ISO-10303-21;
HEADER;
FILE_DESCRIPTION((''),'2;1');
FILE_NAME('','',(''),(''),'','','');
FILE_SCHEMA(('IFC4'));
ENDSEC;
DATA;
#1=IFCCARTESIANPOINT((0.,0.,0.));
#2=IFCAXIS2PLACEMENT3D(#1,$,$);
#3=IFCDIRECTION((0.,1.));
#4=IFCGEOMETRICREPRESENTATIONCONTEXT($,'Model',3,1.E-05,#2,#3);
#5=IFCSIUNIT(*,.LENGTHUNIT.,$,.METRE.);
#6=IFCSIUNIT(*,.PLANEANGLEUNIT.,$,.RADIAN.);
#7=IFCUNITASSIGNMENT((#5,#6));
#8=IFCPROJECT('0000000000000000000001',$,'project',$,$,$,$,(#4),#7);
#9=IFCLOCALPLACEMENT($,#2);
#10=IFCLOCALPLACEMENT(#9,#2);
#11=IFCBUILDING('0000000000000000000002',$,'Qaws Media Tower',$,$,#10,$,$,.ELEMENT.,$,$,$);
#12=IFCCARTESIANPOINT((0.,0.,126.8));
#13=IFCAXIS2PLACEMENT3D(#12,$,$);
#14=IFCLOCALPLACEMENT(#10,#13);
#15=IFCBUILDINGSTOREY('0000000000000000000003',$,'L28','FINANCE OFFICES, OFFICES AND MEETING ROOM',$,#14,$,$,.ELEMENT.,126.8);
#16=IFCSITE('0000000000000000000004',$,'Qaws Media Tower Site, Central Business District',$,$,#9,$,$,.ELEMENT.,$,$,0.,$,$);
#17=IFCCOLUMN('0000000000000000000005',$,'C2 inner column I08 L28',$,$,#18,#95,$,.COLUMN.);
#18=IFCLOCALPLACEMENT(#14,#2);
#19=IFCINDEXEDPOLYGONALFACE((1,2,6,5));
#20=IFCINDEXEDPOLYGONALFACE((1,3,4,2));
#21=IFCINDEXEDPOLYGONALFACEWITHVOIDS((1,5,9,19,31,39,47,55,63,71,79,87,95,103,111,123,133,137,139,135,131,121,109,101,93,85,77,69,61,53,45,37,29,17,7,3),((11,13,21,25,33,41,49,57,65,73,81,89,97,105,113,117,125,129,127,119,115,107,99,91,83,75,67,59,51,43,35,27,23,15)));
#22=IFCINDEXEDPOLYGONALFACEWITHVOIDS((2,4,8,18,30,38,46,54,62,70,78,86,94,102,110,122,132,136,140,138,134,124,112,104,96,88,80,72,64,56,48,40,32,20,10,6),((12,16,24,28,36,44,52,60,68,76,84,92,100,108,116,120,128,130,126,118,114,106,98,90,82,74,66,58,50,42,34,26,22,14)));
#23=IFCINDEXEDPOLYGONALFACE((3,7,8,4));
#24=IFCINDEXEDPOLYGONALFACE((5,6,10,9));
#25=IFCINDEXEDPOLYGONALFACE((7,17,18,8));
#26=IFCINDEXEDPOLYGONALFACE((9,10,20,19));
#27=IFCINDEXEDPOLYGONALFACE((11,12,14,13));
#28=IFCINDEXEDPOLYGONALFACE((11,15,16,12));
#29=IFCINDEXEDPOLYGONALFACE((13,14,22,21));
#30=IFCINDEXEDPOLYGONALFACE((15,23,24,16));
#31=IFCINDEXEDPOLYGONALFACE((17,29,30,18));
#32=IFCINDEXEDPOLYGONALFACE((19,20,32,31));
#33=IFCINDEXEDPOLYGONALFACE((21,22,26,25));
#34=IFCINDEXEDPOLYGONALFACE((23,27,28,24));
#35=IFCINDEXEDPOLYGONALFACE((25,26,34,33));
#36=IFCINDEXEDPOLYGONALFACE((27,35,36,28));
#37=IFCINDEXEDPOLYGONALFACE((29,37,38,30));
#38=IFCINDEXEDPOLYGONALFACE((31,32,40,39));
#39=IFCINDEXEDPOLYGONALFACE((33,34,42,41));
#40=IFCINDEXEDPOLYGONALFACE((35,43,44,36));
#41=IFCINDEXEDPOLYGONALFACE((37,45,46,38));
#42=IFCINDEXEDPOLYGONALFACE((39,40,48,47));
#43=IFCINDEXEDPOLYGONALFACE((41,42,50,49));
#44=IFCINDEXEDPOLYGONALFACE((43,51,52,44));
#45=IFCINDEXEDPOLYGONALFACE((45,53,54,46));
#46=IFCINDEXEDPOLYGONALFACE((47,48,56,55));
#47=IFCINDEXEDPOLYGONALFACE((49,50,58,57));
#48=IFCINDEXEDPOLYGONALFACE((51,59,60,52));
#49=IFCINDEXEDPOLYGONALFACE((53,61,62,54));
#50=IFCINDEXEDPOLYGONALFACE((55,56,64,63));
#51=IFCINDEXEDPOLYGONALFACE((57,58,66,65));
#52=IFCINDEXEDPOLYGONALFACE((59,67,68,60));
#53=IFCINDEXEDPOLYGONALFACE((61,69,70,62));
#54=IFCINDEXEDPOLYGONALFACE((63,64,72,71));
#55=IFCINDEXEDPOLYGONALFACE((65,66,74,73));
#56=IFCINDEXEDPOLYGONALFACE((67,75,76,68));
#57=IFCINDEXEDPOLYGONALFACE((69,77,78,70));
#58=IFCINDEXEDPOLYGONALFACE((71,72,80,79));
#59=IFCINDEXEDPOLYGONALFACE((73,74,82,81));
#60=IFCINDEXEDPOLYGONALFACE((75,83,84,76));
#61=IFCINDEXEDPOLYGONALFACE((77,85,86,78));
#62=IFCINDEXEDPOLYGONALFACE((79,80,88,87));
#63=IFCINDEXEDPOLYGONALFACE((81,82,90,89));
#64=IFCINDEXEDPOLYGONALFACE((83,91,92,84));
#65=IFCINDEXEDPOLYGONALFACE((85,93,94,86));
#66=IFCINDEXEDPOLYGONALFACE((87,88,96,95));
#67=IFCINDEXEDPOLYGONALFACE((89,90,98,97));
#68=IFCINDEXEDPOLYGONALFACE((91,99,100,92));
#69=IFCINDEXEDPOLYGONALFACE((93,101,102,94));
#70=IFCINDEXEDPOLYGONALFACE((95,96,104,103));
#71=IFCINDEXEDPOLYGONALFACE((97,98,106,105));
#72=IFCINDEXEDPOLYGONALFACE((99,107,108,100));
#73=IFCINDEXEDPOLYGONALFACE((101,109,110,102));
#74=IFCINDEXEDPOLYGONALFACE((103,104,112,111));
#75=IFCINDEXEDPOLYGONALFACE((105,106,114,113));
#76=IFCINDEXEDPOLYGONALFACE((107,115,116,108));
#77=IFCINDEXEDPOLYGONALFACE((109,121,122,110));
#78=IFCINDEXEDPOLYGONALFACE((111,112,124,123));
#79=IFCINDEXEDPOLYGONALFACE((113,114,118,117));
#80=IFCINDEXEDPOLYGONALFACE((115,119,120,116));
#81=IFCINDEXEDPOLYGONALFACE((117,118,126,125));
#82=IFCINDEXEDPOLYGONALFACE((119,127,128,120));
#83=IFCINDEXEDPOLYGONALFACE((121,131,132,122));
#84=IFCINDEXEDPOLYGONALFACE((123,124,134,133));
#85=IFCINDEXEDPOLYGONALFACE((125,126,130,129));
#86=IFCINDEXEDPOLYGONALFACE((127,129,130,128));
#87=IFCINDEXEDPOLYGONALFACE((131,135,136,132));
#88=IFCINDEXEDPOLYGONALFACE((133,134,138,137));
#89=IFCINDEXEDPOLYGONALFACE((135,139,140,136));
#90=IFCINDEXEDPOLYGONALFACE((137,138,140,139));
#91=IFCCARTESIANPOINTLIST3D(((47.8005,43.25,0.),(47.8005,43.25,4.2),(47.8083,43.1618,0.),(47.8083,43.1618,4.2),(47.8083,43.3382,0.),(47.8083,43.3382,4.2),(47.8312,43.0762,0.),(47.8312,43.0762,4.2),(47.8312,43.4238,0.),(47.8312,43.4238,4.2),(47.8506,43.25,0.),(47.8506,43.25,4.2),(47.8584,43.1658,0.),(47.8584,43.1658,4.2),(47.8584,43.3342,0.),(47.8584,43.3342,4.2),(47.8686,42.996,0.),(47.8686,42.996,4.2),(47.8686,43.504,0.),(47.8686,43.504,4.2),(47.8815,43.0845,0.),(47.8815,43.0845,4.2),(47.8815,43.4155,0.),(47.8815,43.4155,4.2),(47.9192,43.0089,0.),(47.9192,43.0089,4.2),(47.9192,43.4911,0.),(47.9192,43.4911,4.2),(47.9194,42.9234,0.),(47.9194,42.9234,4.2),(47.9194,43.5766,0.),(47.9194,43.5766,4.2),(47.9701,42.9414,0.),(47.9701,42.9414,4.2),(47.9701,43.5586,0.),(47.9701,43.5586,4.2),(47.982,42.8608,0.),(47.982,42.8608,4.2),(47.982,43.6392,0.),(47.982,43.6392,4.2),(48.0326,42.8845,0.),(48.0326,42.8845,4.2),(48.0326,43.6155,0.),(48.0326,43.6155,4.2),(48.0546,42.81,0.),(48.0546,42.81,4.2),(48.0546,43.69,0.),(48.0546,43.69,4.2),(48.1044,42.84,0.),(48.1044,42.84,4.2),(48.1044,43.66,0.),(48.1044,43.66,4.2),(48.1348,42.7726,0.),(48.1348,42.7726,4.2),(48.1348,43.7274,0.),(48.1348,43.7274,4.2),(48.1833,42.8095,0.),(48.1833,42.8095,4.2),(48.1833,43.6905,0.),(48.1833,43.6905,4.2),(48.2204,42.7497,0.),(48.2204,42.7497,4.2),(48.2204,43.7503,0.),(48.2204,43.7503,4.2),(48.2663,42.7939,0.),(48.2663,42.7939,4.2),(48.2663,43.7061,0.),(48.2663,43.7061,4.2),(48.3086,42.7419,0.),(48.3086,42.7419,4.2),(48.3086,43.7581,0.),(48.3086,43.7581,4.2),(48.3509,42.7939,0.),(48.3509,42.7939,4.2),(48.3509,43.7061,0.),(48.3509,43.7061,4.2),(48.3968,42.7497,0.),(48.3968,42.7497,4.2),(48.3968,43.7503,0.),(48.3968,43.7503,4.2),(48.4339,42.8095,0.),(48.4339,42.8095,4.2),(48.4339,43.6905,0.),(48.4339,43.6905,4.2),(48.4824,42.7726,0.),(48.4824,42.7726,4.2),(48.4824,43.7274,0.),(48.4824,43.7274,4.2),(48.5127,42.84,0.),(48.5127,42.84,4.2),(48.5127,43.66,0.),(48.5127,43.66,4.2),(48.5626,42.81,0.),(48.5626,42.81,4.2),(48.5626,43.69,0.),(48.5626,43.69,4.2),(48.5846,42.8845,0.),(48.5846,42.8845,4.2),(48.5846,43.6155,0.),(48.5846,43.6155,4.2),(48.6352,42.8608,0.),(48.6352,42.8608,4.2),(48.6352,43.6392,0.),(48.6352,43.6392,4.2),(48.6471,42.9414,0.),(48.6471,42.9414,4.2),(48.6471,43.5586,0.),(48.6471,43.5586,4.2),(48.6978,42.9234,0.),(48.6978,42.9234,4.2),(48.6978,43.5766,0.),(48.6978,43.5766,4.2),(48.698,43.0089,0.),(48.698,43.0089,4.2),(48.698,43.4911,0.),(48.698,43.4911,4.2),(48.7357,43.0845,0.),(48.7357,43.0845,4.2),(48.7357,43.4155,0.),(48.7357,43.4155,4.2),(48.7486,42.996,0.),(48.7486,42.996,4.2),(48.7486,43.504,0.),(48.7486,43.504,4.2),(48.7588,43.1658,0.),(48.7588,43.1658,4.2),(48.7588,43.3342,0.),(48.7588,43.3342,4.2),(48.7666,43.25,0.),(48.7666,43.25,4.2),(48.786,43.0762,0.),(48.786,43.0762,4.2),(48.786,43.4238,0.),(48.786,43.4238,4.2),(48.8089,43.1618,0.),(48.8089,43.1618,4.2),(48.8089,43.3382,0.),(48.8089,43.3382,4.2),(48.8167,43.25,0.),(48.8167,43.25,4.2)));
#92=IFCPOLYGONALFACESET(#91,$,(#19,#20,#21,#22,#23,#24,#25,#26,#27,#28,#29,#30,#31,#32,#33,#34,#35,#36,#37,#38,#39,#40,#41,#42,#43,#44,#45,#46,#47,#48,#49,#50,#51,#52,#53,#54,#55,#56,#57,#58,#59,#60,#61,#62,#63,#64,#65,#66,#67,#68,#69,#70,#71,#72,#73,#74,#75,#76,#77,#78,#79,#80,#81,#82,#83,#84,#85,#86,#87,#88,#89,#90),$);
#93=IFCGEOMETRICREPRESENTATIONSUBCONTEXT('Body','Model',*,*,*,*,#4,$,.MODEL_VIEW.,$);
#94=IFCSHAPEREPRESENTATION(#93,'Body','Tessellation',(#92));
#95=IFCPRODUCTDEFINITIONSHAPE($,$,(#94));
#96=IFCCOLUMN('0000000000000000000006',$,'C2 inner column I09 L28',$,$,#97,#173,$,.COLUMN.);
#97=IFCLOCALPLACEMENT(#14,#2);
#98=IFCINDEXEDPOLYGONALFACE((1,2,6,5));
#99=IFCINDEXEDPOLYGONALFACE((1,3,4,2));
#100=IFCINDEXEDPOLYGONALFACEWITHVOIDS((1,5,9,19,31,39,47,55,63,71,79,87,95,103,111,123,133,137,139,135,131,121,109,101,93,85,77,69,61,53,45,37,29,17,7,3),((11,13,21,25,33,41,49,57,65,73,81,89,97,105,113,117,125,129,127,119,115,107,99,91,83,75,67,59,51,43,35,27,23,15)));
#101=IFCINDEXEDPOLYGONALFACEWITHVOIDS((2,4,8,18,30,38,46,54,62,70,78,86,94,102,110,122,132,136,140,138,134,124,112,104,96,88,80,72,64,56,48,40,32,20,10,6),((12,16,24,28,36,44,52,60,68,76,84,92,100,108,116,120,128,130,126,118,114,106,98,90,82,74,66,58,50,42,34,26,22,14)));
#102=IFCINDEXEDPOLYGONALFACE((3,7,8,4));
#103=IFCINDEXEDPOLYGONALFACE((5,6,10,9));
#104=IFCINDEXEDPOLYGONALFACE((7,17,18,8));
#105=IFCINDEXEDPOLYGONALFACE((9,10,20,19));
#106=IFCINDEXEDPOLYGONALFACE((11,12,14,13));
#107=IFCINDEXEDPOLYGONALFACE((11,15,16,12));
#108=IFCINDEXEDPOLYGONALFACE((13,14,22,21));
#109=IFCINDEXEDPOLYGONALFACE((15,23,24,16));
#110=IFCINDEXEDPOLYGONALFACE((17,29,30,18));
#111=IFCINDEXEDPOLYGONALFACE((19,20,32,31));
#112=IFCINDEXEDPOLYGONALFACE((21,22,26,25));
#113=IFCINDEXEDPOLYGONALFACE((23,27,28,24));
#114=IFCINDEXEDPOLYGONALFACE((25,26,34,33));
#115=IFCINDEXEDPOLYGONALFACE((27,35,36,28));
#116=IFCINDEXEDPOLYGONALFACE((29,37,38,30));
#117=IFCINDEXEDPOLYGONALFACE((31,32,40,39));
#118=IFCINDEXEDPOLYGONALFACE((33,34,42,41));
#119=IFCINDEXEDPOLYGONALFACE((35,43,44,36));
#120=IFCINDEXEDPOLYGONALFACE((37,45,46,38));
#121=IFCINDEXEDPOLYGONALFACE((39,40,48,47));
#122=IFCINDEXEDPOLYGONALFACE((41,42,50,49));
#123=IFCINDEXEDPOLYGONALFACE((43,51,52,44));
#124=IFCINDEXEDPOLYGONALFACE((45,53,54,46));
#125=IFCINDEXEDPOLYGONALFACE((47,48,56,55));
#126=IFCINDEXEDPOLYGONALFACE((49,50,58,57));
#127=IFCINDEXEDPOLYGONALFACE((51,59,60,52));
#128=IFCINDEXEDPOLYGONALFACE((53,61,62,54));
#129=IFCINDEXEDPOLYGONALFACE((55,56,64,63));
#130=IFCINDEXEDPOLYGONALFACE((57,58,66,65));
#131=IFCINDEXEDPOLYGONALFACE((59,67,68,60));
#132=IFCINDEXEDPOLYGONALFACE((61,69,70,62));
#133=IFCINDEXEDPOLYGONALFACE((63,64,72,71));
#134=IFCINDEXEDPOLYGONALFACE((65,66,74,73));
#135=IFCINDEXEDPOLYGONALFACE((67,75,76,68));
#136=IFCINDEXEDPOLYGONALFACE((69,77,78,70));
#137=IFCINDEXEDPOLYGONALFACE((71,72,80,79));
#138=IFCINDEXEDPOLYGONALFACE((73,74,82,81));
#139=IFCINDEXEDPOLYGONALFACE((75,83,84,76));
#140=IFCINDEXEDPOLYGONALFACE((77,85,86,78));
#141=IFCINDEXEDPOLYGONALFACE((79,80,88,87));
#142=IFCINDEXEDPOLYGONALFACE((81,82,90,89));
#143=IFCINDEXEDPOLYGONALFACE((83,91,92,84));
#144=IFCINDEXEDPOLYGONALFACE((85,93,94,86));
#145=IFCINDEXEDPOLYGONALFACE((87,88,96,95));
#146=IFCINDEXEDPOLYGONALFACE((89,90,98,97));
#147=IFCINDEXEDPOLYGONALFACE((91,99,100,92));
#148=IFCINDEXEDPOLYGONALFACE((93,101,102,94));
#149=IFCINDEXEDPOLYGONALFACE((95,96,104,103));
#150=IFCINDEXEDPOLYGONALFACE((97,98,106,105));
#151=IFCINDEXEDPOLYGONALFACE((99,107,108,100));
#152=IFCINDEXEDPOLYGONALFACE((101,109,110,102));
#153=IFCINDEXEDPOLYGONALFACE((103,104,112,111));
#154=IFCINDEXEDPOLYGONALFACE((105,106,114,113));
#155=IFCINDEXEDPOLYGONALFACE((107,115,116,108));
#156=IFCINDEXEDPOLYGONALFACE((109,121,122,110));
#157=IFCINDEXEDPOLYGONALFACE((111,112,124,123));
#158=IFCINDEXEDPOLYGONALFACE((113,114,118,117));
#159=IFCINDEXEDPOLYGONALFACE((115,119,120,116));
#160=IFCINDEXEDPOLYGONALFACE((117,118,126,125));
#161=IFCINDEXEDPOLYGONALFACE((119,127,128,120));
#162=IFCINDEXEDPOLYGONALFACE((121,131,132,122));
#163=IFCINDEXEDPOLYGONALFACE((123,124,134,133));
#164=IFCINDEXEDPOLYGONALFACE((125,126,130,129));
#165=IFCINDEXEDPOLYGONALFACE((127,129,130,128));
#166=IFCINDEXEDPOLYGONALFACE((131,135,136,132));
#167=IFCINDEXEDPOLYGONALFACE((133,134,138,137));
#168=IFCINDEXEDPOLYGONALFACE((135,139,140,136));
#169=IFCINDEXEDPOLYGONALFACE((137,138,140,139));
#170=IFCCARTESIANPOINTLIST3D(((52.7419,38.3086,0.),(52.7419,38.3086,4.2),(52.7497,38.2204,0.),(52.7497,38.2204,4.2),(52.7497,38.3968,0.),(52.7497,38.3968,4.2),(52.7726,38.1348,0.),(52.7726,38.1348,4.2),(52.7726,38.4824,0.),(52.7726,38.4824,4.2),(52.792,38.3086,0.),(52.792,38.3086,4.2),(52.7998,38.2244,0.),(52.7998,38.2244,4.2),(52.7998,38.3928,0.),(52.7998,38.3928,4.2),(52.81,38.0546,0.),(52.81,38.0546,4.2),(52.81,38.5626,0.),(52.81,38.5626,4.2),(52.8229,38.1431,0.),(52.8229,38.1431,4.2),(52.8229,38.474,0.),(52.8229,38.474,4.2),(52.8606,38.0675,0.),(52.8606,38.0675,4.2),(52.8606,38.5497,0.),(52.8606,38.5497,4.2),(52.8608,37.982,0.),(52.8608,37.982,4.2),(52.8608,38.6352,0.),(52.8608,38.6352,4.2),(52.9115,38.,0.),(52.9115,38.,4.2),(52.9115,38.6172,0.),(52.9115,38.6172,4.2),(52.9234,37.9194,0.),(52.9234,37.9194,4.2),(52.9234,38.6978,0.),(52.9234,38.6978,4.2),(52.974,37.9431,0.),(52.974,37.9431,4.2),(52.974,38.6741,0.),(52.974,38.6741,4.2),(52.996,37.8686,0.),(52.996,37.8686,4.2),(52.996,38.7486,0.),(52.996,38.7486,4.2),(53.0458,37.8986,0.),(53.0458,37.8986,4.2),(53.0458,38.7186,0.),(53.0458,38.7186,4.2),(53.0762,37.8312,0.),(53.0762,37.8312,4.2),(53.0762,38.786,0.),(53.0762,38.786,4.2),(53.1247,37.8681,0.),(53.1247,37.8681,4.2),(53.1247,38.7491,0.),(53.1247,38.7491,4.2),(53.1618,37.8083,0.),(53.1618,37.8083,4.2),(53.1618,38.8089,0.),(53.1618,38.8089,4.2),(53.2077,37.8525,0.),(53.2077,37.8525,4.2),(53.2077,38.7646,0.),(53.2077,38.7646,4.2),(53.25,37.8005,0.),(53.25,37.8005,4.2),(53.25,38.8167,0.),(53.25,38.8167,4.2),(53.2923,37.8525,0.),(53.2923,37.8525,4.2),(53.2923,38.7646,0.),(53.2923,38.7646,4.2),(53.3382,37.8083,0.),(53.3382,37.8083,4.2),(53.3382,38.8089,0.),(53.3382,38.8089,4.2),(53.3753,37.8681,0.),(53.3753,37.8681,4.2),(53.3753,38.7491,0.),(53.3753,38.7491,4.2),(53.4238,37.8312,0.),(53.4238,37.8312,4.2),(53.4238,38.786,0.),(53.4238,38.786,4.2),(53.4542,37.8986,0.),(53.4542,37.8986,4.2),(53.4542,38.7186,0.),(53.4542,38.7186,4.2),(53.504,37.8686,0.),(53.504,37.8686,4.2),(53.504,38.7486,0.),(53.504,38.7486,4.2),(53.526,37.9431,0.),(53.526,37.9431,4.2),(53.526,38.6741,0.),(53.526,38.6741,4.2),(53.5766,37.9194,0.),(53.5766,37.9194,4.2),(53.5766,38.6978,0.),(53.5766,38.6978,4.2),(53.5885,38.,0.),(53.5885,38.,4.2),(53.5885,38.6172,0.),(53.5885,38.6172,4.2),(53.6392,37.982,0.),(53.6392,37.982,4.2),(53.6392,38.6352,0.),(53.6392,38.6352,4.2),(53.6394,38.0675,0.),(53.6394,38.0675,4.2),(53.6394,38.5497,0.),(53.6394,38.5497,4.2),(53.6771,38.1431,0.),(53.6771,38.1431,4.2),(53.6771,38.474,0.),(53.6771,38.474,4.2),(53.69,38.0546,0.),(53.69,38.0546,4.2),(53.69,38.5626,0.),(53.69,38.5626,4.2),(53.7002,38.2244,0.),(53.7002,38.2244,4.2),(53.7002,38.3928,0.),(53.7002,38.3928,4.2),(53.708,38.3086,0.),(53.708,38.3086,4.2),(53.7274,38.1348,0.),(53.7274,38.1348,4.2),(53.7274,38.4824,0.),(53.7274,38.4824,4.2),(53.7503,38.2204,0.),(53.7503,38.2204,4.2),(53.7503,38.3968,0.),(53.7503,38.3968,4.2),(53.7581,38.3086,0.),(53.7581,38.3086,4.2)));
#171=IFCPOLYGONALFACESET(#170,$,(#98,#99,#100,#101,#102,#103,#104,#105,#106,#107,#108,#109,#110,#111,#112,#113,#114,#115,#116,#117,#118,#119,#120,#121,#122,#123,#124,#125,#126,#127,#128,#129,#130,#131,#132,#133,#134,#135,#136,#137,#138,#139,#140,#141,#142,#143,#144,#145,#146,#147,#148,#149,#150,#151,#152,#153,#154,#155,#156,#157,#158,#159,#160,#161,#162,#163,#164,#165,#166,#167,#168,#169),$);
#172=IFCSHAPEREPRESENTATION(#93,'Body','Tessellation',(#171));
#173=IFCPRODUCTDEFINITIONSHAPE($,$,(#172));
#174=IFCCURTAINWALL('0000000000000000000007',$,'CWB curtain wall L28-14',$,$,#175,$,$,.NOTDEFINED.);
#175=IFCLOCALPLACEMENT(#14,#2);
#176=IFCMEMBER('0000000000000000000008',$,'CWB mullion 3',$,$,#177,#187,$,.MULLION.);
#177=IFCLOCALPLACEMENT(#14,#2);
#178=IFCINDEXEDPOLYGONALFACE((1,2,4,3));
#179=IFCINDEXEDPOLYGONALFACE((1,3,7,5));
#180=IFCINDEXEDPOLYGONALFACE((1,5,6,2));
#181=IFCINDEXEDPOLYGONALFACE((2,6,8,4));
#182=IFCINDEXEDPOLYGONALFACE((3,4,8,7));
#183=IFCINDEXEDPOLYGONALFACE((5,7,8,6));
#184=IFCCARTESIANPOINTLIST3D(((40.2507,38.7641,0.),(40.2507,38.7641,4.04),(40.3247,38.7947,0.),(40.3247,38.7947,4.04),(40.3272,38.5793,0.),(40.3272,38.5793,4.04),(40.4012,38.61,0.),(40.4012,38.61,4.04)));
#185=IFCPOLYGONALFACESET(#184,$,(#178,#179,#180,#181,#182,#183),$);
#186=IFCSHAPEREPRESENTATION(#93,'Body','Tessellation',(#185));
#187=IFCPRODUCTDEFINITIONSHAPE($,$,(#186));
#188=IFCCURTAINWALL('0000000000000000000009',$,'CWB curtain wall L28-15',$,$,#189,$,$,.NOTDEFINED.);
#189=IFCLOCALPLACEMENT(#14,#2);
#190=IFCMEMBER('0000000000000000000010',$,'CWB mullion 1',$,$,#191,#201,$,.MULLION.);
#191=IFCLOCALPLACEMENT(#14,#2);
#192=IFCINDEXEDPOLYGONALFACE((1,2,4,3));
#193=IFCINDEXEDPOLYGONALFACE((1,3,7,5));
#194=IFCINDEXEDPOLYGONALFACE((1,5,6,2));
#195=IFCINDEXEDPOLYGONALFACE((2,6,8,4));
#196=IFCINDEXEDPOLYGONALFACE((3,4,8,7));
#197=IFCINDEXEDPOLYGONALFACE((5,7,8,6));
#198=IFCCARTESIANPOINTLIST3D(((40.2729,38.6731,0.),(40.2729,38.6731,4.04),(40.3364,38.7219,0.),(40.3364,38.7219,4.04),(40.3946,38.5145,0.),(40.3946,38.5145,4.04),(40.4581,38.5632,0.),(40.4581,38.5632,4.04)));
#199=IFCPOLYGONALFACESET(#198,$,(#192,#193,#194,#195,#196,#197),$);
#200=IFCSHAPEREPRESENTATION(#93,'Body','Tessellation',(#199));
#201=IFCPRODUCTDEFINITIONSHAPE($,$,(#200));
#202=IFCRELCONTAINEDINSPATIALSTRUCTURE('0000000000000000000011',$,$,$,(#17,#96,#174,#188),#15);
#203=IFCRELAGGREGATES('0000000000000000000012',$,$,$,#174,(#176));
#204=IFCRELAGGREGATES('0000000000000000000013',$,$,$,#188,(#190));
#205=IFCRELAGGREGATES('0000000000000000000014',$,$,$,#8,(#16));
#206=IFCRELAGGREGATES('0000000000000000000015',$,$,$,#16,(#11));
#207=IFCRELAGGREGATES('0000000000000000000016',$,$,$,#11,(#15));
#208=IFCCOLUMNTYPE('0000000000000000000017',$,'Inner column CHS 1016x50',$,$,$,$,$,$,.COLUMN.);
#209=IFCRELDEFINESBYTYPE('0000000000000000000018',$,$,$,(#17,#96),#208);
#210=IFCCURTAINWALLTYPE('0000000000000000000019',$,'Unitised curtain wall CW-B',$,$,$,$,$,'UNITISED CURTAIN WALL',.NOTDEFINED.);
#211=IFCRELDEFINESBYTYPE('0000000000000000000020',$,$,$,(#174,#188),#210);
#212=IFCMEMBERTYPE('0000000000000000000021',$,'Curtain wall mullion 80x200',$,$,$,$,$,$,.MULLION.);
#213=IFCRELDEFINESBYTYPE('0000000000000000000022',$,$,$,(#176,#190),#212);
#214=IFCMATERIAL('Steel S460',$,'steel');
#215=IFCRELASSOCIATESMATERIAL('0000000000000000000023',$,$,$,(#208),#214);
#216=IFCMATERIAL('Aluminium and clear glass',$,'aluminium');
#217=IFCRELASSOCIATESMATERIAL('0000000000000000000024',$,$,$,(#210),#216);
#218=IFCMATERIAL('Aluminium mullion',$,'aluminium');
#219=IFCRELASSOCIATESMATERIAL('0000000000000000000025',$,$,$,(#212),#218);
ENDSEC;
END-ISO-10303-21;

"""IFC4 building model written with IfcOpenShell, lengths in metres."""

from ifc_helpers import new_model, si_unit, direction, frame, origin, origin_2d, place, context, subcontext, project, spatial, rectangle, hollow_circle, extrude, material, material_profile, profile_set, type_object, element, aggregate, save


model = new_model("IFC4")

# Units and contexts
model_context = context("Model", 3, precision=1e-05, world=origin(), true_north=direction((0.0, 1.0)))
body_context = subcontext(model_context, "Body", "Model", "MODEL_VIEW")
ifc_project = project(units=[si_unit("LENGTHUNIT", "METRE"), si_unit("PLANEANGLEUNIT", "RADIAN")], contexts=[model_context])

# Site, building, storey
site_placement = place(None, origin())
site = spatial("IfcSite", under=ifc_project, at=site_placement, Name="Qaws Media Tower Site, Central Business District", CompositionType="ELEMENT", RefElevation=0.0)
building_placement = place(site_placement, origin())
building = spatial("IfcBuilding", under=site, at=building_placement, Name="Qaws Media Tower", CompositionType="ELEMENT")
storey_placement = place(building_placement, frame((0.0, 0.0, 126.8)))
storey = spatial("IfcBuildingStorey", under=building, at=storey_placement, Name="L28", Description="FINANCE OFFICES, OFFICES AND MEETING ROOM", CompositionType="ELEMENT", Elevation=126.8)

# Columns
ifc_material_1 = material(Name="Steel S460", Category="steel")
ifc_material_profile_1 = material_profile(ifc_material_1, hollow_circle(Radius=0.5081, WallThickness=0.05, at=origin_2d()), Name="CHS 1016x50")
ifc_profile_set_1 = profile_set([ifc_material_profile_1], Name="Steel S460")
column_type = type_object("IfcColumnType", Name="Inner column CHS 1016x50", PredefinedType="COLUMN", material=ifc_profile_set_1)
for number, where, z_axis, x_axis, name in (
    (1, (48.3086, 43.25, 0.0), (0.0, 0.0, 1.0), (1.0, 0.0, 0.0), "C2 inner column I08 L28"),
    (2, (53.25, 38.3086, 0.0), (0.0, 0.0, 1.0), (1.0, 0.0, 0.0), "C2 inner column I09 L28"),
):
    element("IfcColumn", number, at=place(storey_placement, frame(where, z_axis=z_axis, x_axis=x_axis)), inside=storey, type_object=column_type, Name=name, PredefinedType="COLUMN", context=body_context, shape_type="SweptSolid", body=[
        extrude(hollow_circle(Radius=0.5081, WallThickness=0.05, at=origin_2d()), origin(), (0.0, 0.0, 1.0), 4.2),
    ])

# Curtain wall, member
ifc_material_2 = material(Name="Aluminium and clear glass", Category="aluminium")
curtain_wall_type = type_object("IfcCurtainWallType", Name="Unitised curtain wall CW-B", ElementType="UNITISED CURTAIN WALL", PredefinedType="NOTDEFINED", material=ifc_material_2)
curtain_wall_1_placement = place(storey_placement, origin())
curtain_wall_1 = element("IfcCurtainWall", 3, at=curtain_wall_1_placement, inside=storey, type_object=curtain_wall_type, Name="CWB curtain wall L28-14", PredefinedType="NOTDEFINED")
ifc_material_3 = material(Name="Aluminium mullion", Category="aluminium")
ifc_material_profile_2 = material_profile(ifc_material_3, rectangle(XDim=0.0801, YDim=0.2, at=origin_2d()), Name="80x200")
ifc_profile_set_2 = profile_set([ifc_material_profile_2], Name="Aluminium mullion")
member_type_1 = type_object("IfcMemberType", Name="Curtain wall mullion 80x200", PredefinedType="MULLION", material=ifc_profile_set_2)
member_1_placement = place(storey_placement, frame((40.3259, 38.687, 0.0), z_axis=(0.0, 0.0, 1.0), x_axis=(0.92388, 0.382683, 0.0)))
member_1 = element("IfcMember", 4, at=member_1_placement, type_object=member_type_1, Name="CWB mullion 3", PredefinedType="MULLION", context=body_context, shape_type="SweptSolid", body=[
    extrude(rectangle(XDim=0.0801, YDim=0.2, at=origin_2d()), origin(), (0.0, 0.0, 1.0), 4.04),
])

# Curtain wall, member
curtain_wall_2_placement = place(storey_placement, origin())
curtain_wall_2 = element("IfcCurtainWall", 5, at=curtain_wall_2_placement, inside=storey, type_object=curtain_wall_type, Name="CWB curtain wall L28-15", PredefinedType="NOTDEFINED")
member_2_placement = place(storey_placement, frame((40.3655, 38.6182, 0.0), z_axis=(0.0, 0.0, 1.0), x_axis=(0.793353, 0.608761, 0.0)))
member_2 = element("IfcMember", 6, at=member_2_placement, type_object=member_type_1, Name="CWB mullion 1", PredefinedType="MULLION", context=body_context, shape_type="SweptSolid", body=[
    extrude(rectangle(XDim=0.0801, YDim=0.2, at=origin_2d()), origin(), (0.0, 0.0, 1.0), 4.04),
])

aggregate(curtain_wall_1, [member_1])
aggregate(curtain_wall_2, [member_2])

save(model, "model.ifc")
